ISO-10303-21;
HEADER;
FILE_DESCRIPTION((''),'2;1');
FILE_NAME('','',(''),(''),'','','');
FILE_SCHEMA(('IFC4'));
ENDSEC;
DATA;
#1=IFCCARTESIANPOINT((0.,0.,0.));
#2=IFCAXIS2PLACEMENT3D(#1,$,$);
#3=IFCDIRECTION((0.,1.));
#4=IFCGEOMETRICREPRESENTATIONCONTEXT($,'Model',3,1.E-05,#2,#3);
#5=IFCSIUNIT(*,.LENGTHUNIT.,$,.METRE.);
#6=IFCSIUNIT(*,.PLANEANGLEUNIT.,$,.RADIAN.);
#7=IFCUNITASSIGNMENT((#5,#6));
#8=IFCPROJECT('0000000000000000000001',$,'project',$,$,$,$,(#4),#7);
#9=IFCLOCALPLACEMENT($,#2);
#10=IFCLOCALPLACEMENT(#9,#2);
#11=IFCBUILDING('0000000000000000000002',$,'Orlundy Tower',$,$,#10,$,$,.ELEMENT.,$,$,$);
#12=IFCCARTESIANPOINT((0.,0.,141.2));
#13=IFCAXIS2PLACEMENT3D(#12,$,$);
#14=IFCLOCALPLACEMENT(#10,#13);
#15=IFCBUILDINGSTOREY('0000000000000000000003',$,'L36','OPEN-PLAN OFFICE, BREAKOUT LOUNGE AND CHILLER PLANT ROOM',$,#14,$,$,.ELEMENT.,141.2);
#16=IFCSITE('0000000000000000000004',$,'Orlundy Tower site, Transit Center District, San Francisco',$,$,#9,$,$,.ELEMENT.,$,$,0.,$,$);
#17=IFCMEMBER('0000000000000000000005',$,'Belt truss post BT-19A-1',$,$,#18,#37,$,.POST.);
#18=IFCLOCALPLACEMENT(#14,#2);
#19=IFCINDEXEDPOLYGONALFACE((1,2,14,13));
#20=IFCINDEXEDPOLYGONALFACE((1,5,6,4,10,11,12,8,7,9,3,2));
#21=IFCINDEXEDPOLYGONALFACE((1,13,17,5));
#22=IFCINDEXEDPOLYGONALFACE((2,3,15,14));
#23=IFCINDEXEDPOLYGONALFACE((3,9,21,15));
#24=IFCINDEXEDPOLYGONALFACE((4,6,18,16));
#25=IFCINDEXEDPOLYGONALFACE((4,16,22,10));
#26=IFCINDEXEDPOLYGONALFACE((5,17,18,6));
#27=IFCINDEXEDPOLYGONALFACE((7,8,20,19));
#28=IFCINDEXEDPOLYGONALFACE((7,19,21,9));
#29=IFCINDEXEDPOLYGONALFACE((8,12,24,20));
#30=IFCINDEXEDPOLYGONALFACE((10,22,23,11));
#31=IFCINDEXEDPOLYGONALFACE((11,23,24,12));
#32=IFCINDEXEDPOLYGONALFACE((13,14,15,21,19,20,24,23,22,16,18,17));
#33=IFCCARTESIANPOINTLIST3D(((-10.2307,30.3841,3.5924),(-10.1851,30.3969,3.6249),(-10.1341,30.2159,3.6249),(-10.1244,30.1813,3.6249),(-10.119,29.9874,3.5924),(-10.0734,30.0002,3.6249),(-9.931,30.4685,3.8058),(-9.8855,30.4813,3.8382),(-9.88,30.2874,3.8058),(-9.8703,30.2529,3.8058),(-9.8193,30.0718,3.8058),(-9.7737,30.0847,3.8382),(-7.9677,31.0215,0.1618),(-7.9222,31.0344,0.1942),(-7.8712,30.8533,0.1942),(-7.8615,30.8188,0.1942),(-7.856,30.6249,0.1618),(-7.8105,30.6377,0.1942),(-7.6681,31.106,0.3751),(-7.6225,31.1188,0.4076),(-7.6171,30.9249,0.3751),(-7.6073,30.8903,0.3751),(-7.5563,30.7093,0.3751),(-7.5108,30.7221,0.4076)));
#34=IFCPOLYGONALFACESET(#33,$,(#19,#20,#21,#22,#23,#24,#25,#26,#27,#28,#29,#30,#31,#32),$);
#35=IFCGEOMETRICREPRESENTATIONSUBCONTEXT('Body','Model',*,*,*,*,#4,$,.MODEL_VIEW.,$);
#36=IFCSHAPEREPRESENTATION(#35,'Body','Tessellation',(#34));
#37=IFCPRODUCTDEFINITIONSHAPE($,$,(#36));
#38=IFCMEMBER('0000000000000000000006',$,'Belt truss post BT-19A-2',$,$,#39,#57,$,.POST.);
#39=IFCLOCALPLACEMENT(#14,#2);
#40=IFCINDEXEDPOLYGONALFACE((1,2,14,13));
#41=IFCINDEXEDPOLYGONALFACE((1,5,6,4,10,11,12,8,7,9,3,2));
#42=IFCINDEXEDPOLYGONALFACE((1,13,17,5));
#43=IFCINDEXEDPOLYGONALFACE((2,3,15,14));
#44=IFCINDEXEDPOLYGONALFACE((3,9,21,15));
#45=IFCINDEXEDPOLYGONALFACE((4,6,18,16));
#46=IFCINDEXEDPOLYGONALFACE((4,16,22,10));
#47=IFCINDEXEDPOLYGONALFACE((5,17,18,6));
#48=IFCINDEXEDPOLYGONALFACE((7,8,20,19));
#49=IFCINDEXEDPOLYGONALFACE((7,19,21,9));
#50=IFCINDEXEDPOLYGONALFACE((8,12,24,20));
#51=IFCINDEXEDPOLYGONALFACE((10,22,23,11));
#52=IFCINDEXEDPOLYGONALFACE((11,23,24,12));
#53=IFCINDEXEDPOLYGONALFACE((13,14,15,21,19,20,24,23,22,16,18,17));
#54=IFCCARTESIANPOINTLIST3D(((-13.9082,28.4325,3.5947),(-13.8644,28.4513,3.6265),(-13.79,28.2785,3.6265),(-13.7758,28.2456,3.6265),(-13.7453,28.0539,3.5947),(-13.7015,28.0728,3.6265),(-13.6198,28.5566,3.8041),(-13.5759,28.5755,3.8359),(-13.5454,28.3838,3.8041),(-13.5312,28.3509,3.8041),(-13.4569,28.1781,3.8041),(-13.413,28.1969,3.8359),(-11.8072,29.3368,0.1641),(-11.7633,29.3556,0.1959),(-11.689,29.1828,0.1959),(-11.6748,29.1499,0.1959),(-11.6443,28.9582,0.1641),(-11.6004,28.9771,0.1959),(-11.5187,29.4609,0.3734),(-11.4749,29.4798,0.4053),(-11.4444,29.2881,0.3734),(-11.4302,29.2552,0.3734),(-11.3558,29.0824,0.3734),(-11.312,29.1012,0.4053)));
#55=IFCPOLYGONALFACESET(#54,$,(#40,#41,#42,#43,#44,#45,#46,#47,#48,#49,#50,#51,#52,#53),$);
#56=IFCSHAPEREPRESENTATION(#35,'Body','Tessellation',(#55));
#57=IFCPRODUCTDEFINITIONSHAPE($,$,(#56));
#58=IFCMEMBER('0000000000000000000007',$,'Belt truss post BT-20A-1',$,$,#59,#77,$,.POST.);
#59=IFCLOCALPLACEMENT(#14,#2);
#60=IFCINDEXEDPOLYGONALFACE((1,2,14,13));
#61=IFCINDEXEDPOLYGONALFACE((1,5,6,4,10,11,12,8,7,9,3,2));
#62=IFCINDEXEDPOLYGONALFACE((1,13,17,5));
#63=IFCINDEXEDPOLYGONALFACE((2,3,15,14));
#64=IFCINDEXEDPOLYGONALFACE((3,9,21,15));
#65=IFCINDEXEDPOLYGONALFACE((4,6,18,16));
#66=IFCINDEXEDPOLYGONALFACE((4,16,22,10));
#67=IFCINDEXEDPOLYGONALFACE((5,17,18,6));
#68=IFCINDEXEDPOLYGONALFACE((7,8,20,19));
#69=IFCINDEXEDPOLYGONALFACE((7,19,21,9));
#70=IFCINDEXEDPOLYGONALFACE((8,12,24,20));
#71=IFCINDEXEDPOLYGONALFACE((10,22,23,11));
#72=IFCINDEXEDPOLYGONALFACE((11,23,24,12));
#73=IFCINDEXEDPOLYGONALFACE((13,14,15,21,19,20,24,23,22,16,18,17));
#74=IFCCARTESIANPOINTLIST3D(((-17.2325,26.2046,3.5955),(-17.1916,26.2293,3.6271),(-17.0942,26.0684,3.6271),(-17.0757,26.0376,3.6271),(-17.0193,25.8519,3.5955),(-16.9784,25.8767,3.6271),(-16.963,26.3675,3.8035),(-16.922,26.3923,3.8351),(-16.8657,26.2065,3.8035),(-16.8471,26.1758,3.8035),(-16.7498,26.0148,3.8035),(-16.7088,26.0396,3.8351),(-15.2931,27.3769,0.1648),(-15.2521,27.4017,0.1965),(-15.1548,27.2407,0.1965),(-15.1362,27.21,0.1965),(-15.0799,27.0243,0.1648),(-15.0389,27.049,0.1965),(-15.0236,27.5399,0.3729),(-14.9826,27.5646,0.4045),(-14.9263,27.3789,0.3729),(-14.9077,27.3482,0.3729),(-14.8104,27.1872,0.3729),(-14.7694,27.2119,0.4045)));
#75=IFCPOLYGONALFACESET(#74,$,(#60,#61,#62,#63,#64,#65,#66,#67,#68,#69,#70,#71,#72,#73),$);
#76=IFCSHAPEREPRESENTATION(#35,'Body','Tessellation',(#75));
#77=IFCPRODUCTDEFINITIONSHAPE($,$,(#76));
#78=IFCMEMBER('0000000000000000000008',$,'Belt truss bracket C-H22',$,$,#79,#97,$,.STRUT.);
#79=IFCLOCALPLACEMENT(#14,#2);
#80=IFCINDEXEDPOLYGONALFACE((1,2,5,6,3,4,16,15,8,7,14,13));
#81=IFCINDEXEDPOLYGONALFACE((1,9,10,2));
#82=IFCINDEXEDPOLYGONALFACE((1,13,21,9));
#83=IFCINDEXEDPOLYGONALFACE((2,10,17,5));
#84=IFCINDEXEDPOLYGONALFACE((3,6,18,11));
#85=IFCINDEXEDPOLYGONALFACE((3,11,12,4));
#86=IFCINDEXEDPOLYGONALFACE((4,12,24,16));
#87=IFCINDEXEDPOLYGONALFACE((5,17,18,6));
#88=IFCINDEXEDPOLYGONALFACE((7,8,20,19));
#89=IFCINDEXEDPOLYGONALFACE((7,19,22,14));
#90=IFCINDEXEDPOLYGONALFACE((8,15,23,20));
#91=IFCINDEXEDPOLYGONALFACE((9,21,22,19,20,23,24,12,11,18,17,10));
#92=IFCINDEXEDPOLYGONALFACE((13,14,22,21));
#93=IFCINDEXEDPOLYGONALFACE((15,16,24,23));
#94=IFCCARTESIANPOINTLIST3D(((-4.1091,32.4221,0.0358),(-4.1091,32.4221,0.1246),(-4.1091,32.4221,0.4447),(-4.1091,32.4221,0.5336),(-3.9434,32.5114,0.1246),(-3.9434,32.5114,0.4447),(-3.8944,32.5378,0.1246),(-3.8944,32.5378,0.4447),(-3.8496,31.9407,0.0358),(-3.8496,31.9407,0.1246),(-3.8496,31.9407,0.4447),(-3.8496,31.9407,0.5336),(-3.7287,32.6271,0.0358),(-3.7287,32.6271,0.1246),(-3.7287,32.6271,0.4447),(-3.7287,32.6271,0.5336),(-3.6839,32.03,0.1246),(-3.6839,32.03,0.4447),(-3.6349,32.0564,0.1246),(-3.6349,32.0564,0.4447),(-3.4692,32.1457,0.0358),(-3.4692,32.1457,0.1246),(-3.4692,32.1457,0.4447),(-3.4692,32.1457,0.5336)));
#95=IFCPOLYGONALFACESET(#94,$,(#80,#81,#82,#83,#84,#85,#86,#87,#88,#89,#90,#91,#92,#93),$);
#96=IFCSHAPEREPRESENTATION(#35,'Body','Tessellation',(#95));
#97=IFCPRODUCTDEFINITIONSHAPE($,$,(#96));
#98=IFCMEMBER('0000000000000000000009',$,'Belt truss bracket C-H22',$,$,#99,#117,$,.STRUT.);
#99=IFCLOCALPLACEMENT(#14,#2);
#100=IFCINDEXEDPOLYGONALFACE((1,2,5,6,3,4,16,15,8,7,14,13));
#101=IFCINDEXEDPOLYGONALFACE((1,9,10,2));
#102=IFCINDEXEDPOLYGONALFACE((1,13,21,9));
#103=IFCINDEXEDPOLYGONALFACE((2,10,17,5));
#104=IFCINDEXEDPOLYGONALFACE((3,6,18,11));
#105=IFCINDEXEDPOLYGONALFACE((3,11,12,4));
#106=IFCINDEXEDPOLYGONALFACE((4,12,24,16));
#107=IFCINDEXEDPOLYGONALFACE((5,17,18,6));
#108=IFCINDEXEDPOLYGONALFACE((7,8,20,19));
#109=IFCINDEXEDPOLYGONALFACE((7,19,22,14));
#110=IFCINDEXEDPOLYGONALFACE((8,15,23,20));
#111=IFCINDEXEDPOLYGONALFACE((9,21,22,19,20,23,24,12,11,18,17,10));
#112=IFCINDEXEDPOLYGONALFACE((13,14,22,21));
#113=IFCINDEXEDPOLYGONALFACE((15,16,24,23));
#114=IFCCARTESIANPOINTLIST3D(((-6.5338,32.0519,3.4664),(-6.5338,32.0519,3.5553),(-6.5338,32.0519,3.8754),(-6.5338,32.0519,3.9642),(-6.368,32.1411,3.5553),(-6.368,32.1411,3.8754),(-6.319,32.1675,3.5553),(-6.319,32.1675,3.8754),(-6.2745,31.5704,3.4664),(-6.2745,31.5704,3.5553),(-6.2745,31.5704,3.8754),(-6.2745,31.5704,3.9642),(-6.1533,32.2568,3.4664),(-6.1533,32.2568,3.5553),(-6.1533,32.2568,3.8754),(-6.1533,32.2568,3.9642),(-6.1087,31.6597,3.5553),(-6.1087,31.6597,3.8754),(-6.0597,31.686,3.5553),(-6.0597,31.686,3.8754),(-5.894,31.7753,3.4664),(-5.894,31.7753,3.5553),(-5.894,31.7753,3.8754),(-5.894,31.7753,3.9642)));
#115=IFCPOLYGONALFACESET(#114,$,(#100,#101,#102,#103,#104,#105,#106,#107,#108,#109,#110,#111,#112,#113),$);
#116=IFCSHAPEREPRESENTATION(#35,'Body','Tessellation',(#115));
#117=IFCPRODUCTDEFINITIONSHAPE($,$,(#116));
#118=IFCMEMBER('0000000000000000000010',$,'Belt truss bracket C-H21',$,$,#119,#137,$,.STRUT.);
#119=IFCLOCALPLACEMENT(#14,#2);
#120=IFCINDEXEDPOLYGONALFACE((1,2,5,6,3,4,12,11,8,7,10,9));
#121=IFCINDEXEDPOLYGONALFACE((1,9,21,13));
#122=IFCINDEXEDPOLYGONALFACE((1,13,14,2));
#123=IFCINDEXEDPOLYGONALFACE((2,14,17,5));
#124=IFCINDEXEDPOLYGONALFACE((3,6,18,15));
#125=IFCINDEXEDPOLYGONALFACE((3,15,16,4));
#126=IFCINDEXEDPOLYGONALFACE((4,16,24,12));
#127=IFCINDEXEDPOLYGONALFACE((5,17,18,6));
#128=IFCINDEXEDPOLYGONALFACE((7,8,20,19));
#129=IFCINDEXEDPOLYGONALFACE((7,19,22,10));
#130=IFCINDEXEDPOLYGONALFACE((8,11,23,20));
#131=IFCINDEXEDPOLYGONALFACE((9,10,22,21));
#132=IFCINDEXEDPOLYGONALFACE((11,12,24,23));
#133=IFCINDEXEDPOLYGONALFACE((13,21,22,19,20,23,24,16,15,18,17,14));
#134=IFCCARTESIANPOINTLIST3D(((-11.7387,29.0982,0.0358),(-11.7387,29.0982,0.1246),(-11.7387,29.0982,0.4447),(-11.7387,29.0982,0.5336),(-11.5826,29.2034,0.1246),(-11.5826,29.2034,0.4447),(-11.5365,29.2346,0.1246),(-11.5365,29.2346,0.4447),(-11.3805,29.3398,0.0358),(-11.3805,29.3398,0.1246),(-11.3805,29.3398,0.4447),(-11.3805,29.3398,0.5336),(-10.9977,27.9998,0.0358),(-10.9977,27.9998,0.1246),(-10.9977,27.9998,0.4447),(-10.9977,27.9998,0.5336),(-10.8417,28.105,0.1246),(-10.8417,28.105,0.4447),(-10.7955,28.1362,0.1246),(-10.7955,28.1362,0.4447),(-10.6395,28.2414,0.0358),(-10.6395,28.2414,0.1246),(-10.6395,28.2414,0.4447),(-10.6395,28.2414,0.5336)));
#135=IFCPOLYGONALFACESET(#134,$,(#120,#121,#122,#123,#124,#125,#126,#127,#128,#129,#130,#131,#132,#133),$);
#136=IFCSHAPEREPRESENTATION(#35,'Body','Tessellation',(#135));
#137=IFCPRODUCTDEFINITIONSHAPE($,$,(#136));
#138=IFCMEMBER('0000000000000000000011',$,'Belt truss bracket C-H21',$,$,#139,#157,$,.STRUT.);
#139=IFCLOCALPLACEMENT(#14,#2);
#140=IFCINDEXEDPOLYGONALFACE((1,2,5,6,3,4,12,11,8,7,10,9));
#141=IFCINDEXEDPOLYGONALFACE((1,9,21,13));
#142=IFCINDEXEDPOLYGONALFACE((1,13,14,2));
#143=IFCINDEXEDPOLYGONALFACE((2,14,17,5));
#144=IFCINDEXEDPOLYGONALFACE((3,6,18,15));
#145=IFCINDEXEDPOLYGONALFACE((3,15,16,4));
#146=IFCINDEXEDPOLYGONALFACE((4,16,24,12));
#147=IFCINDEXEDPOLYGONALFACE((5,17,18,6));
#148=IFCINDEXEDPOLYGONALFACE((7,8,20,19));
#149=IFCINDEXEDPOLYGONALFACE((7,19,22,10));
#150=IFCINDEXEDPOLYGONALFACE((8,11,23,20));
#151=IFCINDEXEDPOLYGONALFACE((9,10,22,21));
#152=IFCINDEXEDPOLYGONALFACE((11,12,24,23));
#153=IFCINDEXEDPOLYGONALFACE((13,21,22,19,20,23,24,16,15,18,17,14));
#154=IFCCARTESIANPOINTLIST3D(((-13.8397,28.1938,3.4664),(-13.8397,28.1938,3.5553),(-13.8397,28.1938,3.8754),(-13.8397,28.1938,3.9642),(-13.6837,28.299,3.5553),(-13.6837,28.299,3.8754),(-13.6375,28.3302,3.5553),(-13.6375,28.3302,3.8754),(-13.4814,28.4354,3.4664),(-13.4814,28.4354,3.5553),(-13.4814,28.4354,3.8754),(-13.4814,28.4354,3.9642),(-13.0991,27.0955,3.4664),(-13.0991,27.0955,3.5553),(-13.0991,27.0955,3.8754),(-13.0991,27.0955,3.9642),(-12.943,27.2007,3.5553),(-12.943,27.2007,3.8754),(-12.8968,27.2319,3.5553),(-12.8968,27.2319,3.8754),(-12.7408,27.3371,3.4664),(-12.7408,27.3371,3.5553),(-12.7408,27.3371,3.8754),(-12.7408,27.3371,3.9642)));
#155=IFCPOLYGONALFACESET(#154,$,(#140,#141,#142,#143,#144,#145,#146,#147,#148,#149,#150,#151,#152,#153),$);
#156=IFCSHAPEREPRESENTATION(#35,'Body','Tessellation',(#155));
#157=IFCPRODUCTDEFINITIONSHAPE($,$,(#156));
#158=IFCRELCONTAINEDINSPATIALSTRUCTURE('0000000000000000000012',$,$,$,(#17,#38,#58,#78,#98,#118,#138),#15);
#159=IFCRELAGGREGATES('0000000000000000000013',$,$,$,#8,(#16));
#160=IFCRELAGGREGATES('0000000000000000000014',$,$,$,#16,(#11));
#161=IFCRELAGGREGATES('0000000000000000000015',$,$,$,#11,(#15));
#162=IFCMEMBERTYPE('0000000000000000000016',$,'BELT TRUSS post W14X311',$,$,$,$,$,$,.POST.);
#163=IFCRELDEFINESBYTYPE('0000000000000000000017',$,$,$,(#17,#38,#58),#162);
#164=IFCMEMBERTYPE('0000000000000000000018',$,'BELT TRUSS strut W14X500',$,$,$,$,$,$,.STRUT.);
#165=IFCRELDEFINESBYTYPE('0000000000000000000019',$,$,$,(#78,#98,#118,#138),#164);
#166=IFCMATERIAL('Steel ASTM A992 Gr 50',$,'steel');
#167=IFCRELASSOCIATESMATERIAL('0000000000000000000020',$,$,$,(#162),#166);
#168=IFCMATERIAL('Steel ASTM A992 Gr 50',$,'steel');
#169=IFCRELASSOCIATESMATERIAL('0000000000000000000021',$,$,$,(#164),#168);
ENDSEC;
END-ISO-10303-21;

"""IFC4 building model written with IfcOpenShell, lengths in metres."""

from ifc_helpers import new_model, si_unit, direction, frame, origin, origin_2d, place, context, subcontext, project, spatial, i_section, extrude, material, material_profile, profile_set, type_object, element, save


model = new_model("IFC4")

# Units and contexts
model_context = context("Model", 3, precision=1e-05, world=origin(), true_north=direction((0.0, 1.0)))
body_context = subcontext(model_context, "Body", "Model", "MODEL_VIEW")
ifc_project = project(units=[si_unit("LENGTHUNIT", "METRE"), si_unit("PLANEANGLEUNIT", "RADIAN")], contexts=[model_context])

# Site, building, storey
site_placement = place(None, origin())
site = spatial("IfcSite", under=ifc_project, at=site_placement, Name="Orlundy Tower site, Transit Center District, San Francisco", CompositionType="ELEMENT", RefElevation=0.0)
building_placement = place(site_placement, origin())
building = spatial("IfcBuilding", under=site, at=building_placement, Name="Orlundy Tower", CompositionType="ELEMENT")
storey_placement = place(building_placement, frame((0.0, 0.0, 141.2)))
storey = spatial("IfcBuildingStorey", under=building, at=storey_placement, Name="L36", Description="OPEN-PLAN OFFICE, BREAKOUT LOUNGE AND CHILLER PLANT ROOM", CompositionType="ELEMENT", Elevation=141.2)

# Members
ifc_material_1 = material(Name="Steel ASTM A992 Gr 50", Category="steel")
ifc_material_profile_1 = material_profile(ifc_material_1, i_section(OverallWidth=0.4121, OverallDepth=0.4348, WebThickness=0.0359, FlangeThickness=0.0574, at=origin_2d()), Name="W14X311")
ifc_profile_set_1 = profile_set([ifc_material_profile_1], Name="Steel ASTM A992 Gr 50")
member_type_1 = type_object("IfcMemberType", Name="BELT TRUSS post W14X311", PredefinedType="POST", material=ifc_profile_set_1)
member_1_placement = place(storey_placement, frame((-7.7393, 30.8718, 0.2847), z_axis=(-0.544116, -0.153273, 0.824891), x_axis=(0.27114, -0.96254, 0.0)))
element("IfcMember", 1, at=member_1_placement, inside=storey, type_object=member_type_1, Name="Belt truss post BT-19A-1", PredefinedType="POST", context=body_context, shape_type="SweptSolid", body=[
    extrude(i_section(OverallWidth=0.4121, OverallDepth=0.4348, WebThickness=0.0359, FlangeThickness=0.0574, at=origin_2d()), origin(), (0.0, 0.0, 1.0), 4.1589),
])
member_2_placement = place(storey_placement, frame((-11.5596, 29.219, 0.2847), z_axis=(-0.50956, -0.219313, 0.832016), x_axis=(0.395336, -0.918537, 0.0)))
element("IfcMember", 2, at=member_2_placement, inside=storey, type_object=member_type_1, Name="Belt truss post BT-19A-2", PredefinedType="POST", context=body_context, shape_type="SweptSolid", body=[
    extrude(i_section(OverallWidth=0.4121, OverallDepth=0.4348, WebThickness=0.0359, FlangeThickness=0.0574, at=origin_2d()), origin(), (0.0, 0.0, 1.0), 4.1233),
])
member_3_placement = place(storey_placement, frame((-15.0312, 27.2944, 0.2847), z_axis=(-0.471701, -0.285135, 0.834384), x_axis=(0.517313, -0.855796, 0.0)))
element("IfcMember", 3, at=member_3_placement, inside=storey, type_object=member_type_1, Name="Belt truss post BT-20A-1", PredefinedType="POST", context=body_context, shape_type="SweptSolid", body=[
    extrude(i_section(OverallWidth=0.4121, OverallDepth=0.4348, WebThickness=0.0359, FlangeThickness=0.0574, at=origin_2d()), origin(), (0.0, 0.0, 1.0), 4.1116),
])
ifc_material_2 = material(Name="Steel ASTM A992 Gr 50", Category="steel")
ifc_material_profile_2 = material_profile(ifc_material_2, i_section(OverallWidth=0.4321, OverallDepth=0.4978, WebThickness=0.0557, FlangeThickness=0.0889, at=origin_2d()), Name="W14X500")
ifc_profile_set_2 = profile_set([ifc_material_profile_2], Name="Steel ASTM A992 Gr 50")
member_type_2 = type_object("IfcMemberType", Name="BELT TRUSS strut W14X500", PredefinedType="STRUT", material=ifc_profile_set_2)
for number, where, z_axis, x_axis, name in (
    (4, (-3.6594, 32.0432, 0.2847), (-0.474499, 0.880256, 0.0), (-0.880256, -0.474499, 0.0), "Belt truss bracket C-H22"),
    (5, (-6.0842, 31.6729, 3.7153), (-0.474153, 0.880442, 0.0), (-0.880442, -0.474153, 0.0), "Belt truss bracket C-H22"),
):
    element("IfcMember", number, at=place(storey_placement, frame(where, z_axis=z_axis, x_axis=x_axis)), inside=storey, type_object=member_type_2, Name=name, PredefinedType="STRUT", context=body_context, shape_type="SweptSolid", body=[
        extrude(i_section(OverallWidth=0.4321, OverallDepth=0.4978, WebThickness=0.0557, FlangeThickness=0.0889, at=origin_2d()), origin(), (0.0, 0.0, 1.0), 0.5469),
    ])
member_4_placement = place(storey_placement, frame((-10.8186, 28.1206, 0.2847), z_axis=(-0.559242, 0.829005, 0.0), x_axis=(-0.829005, -0.559242, 0.0)))
element("IfcMember", 6, at=member_4_placement, inside=storey, type_object=member_type_2, Name="Belt truss bracket C-H21", PredefinedType="STRUT", context=body_context, shape_type="SweptSolid", body=[
    extrude(i_section(OverallWidth=0.4321, OverallDepth=0.4978, WebThickness=0.0557, FlangeThickness=0.0889, at=origin_2d()), origin(), (0.0, 0.0, 1.0), 1.325),
])
member_5_placement = place(storey_placement, frame((-12.9199, 27.2163, 3.7153), z_axis=(-0.559115, 0.82909, 0.0), x_axis=(-0.82909, -0.559115, 0.0)))
element("IfcMember", 7, at=member_5_placement, inside=storey, type_object=member_type_2, Name="Belt truss bracket C-H21", PredefinedType="STRUT", context=body_context, shape_type="SweptSolid", body=[
    extrude(i_section(OverallWidth=0.4321, OverallDepth=0.4978, WebThickness=0.0557, FlangeThickness=0.0889, at=origin_2d()), origin(), (0.0, 0.0, 1.0), 1.3247),
])

save(model, "model.ifc")
